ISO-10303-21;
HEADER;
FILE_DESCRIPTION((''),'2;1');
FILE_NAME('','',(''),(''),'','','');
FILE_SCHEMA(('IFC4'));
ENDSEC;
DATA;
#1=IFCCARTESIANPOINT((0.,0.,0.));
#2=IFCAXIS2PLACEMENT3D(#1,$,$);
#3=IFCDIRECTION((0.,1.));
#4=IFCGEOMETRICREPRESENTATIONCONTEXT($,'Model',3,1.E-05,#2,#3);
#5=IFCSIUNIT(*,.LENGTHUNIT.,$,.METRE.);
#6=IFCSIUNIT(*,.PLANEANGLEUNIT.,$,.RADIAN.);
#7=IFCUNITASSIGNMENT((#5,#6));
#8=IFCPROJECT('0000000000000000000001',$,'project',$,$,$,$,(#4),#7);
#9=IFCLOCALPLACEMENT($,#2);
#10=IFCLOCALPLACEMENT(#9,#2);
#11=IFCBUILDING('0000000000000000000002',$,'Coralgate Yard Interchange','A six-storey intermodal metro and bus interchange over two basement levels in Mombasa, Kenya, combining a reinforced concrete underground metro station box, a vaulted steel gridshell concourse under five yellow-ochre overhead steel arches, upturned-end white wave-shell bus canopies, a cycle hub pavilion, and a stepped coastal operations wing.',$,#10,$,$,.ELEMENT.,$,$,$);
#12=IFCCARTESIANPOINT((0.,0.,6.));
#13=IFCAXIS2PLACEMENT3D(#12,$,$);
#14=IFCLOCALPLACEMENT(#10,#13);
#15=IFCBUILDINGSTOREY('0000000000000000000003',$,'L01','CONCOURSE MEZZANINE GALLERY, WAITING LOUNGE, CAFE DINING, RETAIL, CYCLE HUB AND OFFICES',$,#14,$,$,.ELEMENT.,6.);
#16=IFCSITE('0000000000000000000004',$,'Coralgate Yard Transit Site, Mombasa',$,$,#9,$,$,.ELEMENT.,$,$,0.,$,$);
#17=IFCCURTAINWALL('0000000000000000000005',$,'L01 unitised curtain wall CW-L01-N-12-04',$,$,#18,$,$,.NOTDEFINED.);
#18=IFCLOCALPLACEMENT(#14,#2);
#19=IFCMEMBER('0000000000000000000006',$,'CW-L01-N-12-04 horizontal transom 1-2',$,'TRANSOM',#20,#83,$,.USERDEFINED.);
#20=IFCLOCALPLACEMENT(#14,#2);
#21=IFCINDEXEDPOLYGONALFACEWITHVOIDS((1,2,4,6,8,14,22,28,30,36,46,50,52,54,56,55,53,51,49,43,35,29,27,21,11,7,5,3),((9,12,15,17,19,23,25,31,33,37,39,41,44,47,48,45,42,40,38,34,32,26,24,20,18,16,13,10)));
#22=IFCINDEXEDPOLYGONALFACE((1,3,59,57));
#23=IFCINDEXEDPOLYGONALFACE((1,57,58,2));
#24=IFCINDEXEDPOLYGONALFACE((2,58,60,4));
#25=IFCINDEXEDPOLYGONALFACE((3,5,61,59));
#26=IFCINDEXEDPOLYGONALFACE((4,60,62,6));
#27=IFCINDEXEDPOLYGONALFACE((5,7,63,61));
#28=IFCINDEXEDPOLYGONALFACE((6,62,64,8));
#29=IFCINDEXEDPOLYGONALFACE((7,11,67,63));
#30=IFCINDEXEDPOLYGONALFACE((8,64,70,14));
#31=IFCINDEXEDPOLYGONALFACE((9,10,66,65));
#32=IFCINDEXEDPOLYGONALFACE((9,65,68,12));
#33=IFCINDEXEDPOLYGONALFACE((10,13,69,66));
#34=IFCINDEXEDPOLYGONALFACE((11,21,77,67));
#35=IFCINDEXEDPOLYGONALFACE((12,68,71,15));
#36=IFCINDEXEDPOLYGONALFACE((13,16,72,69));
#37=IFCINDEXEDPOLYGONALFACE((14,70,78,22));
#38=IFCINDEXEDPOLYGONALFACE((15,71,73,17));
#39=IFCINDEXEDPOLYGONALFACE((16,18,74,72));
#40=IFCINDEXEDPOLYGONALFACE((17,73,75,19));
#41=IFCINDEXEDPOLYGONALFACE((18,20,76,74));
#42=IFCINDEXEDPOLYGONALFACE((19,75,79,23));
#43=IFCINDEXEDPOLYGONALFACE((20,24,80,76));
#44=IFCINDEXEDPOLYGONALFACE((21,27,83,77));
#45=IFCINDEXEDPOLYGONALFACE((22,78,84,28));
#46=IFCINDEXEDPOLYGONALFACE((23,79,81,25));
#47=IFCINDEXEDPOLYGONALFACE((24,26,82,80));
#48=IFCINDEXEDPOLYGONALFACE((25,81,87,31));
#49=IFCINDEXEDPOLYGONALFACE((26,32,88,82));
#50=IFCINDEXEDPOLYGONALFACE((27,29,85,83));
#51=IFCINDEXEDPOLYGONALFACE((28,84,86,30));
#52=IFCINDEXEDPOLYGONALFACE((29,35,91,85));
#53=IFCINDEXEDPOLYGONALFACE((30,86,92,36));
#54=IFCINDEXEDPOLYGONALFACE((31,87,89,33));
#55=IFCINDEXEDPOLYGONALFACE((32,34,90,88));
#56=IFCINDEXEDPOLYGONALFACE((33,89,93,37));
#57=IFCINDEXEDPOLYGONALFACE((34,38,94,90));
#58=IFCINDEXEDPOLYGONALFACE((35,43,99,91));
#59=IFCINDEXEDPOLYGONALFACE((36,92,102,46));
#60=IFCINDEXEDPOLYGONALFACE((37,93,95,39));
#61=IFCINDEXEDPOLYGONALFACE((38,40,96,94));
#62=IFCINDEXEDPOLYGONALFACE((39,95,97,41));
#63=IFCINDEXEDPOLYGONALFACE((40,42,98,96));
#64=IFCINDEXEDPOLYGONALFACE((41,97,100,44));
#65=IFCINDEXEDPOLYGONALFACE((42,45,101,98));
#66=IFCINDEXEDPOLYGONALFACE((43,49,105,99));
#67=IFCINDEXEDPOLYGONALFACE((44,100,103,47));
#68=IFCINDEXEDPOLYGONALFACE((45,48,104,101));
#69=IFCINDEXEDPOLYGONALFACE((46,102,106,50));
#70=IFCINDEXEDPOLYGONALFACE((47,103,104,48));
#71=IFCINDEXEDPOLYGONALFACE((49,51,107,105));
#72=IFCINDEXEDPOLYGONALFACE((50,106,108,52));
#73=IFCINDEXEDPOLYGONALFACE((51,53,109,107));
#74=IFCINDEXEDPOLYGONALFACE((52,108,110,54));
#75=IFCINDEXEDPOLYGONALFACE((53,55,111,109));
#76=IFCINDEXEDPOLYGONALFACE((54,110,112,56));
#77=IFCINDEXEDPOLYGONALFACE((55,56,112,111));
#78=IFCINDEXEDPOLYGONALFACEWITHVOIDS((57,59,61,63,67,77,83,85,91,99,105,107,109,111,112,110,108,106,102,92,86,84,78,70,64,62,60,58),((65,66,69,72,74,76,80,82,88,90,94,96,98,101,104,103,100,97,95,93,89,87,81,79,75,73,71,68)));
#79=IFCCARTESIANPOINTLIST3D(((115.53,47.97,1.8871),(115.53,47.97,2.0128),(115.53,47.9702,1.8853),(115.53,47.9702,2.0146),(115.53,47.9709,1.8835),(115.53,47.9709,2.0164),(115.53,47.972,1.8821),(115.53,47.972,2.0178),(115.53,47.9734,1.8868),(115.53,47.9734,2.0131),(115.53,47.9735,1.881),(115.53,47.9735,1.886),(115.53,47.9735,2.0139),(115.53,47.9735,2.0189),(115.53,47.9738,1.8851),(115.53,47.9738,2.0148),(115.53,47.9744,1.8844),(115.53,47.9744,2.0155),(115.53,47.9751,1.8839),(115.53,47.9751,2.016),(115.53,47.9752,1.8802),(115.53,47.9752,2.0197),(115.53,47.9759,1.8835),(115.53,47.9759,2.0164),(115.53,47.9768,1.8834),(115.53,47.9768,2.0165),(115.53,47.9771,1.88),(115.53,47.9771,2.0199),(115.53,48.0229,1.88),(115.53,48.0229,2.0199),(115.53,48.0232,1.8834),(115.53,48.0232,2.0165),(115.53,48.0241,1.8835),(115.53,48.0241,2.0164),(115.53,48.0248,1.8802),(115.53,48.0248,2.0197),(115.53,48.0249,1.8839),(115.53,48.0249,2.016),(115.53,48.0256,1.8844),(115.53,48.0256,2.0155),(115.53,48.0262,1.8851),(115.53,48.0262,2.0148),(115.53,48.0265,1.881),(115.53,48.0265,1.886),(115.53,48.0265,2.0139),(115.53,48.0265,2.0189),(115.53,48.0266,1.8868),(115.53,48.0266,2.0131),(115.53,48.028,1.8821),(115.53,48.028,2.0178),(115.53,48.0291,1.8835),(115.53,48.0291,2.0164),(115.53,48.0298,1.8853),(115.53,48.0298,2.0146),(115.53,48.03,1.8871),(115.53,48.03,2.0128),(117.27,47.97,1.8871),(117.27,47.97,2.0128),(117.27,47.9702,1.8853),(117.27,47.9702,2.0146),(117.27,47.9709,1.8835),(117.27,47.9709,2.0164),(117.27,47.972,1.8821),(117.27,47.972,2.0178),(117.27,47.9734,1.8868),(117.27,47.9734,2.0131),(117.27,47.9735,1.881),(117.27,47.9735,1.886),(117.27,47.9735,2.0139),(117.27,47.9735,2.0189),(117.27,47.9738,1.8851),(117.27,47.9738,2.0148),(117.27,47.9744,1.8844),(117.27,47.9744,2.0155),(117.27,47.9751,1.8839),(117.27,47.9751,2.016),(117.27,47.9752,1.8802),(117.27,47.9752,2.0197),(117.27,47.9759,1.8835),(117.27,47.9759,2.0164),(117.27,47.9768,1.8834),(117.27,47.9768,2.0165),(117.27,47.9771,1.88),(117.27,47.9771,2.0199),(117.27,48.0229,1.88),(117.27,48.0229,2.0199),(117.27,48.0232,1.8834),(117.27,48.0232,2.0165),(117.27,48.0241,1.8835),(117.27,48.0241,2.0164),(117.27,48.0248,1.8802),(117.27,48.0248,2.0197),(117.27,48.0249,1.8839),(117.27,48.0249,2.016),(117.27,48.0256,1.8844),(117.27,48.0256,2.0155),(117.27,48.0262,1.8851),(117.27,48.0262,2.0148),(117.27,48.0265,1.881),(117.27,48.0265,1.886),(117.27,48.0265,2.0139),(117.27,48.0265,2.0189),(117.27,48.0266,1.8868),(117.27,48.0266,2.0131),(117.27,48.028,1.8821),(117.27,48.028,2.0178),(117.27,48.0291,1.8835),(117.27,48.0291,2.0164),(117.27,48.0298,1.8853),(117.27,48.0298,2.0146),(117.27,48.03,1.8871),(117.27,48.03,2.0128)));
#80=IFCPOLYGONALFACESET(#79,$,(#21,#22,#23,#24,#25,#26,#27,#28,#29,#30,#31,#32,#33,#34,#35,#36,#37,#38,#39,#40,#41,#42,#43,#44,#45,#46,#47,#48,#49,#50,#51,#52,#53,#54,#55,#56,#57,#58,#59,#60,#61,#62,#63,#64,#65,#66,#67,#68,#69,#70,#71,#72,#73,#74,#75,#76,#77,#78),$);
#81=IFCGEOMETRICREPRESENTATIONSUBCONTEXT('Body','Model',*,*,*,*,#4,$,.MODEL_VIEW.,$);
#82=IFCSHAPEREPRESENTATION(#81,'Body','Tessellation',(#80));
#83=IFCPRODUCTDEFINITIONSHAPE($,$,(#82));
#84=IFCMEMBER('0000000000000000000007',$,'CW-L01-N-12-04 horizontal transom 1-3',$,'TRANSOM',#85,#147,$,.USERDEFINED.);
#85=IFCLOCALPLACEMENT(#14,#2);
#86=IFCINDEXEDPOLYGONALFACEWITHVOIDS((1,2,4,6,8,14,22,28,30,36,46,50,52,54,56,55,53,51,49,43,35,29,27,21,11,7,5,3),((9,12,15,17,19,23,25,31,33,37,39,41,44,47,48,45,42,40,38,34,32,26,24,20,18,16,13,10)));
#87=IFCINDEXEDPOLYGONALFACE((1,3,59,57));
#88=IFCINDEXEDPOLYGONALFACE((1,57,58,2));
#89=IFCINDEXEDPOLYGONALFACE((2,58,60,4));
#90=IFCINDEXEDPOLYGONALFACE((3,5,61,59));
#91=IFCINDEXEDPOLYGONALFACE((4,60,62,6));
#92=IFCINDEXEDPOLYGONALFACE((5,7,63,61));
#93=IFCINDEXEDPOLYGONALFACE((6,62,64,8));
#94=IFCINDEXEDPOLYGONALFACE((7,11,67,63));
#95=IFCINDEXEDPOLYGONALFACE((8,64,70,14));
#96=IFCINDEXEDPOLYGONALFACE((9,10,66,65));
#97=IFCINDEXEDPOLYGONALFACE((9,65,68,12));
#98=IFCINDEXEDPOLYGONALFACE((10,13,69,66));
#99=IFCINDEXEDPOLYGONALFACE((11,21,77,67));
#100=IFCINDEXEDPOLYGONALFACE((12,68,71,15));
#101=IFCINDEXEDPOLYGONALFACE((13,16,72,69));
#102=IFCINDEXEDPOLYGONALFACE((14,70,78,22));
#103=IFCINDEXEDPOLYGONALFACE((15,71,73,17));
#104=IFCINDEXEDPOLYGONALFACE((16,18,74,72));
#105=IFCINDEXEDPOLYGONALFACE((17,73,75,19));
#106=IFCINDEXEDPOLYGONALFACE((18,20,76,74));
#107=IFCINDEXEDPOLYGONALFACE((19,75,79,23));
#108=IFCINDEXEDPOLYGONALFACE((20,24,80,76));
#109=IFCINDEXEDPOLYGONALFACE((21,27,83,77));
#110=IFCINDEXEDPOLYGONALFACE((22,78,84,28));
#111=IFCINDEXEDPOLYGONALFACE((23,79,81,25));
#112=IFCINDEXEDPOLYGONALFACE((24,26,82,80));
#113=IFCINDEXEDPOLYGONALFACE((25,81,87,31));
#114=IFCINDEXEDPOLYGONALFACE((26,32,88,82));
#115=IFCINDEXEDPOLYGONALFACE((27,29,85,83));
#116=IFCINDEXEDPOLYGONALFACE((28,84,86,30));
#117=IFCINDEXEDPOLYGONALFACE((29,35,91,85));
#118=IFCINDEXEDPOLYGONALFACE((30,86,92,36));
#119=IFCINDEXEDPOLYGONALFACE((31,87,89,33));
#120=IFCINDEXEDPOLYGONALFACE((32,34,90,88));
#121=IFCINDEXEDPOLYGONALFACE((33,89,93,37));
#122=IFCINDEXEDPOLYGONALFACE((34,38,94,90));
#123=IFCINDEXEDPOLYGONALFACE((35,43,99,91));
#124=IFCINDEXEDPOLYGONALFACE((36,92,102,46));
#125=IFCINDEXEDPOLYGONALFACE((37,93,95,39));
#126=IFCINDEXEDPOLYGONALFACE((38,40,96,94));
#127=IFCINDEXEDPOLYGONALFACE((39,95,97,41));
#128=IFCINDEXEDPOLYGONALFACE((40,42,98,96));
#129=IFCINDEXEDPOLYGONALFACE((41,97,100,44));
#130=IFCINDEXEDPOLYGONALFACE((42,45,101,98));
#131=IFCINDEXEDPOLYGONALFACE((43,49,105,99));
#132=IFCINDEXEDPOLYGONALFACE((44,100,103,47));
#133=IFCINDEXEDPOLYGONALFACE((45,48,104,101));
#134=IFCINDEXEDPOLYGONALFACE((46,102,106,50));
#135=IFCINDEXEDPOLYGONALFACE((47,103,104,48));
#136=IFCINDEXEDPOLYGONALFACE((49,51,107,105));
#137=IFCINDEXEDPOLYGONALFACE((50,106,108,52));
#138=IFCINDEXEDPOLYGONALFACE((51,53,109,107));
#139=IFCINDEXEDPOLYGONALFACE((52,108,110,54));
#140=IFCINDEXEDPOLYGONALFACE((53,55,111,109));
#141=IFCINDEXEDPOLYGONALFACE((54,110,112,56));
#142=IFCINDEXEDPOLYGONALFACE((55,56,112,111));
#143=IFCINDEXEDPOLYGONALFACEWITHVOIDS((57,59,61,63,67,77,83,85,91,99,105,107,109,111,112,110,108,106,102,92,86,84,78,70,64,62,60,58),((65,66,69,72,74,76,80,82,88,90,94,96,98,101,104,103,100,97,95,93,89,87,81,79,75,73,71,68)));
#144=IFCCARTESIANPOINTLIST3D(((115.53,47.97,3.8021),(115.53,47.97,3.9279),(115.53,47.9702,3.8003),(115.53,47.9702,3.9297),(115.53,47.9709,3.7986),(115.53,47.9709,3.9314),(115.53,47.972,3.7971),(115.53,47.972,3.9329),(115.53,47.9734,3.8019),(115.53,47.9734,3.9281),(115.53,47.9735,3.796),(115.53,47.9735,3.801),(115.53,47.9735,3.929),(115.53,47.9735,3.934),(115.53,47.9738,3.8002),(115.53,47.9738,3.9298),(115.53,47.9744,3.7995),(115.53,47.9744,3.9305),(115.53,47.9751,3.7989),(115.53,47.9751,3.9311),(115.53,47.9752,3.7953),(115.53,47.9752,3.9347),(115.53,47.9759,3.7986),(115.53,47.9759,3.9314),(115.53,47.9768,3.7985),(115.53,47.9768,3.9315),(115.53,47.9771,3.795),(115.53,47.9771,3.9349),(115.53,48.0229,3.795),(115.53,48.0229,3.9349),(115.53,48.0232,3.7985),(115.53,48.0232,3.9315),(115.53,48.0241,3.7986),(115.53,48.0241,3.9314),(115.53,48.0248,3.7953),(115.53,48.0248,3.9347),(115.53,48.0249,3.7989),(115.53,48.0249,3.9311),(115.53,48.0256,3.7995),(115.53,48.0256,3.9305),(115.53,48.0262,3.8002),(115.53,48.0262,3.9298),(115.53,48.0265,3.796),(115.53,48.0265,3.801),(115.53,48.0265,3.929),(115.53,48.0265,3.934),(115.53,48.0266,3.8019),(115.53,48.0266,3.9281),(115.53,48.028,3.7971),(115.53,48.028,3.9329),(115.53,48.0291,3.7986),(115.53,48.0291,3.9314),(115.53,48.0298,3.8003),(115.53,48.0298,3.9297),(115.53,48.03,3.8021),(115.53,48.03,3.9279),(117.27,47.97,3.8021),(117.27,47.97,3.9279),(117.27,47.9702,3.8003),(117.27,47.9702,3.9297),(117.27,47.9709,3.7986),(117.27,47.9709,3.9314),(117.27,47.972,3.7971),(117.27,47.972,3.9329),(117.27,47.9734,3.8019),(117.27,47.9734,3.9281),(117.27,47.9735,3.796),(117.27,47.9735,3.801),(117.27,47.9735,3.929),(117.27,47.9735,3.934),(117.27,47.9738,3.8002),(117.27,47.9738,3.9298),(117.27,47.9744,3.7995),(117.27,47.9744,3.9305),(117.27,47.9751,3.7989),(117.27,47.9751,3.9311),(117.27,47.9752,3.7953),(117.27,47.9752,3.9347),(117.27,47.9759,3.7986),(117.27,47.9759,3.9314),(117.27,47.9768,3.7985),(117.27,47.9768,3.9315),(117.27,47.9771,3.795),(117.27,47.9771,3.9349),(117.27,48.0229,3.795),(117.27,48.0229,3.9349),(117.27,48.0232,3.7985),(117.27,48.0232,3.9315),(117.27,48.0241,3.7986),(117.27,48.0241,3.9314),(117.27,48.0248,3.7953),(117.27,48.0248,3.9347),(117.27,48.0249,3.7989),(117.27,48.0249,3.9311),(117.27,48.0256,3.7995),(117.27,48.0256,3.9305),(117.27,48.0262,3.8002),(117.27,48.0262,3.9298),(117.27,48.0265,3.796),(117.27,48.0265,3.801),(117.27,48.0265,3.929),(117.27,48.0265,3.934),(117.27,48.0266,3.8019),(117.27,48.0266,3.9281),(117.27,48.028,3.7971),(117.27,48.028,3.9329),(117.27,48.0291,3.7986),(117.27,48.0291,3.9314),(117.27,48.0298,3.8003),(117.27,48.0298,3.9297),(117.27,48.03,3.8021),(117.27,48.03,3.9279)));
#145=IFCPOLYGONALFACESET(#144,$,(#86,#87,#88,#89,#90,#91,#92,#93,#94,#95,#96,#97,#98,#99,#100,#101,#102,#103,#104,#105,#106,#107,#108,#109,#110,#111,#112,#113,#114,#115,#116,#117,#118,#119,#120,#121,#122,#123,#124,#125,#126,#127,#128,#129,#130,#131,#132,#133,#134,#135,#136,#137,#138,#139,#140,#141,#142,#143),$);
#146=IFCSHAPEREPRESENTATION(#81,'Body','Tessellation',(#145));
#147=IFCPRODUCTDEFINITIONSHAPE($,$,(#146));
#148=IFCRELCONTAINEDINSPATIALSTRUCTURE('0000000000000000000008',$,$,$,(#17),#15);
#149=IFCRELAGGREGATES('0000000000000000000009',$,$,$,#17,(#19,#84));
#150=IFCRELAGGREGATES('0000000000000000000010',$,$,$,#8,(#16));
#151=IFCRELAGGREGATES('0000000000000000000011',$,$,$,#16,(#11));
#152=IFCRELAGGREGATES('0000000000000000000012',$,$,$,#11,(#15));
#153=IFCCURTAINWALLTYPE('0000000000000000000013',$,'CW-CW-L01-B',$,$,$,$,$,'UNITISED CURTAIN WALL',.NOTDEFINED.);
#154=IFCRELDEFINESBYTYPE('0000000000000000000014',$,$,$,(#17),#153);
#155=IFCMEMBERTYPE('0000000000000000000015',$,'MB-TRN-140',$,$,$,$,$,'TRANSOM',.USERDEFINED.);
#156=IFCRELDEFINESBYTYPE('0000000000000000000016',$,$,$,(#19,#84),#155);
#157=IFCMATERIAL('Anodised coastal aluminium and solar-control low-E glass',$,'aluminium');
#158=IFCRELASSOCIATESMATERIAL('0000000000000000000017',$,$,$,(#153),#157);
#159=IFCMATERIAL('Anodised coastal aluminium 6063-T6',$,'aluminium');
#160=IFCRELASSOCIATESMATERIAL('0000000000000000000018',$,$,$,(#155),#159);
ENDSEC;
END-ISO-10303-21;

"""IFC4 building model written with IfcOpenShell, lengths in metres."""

from ifc_helpers import new_model, si_unit, direction, frame, origin, origin_2d, place, context, subcontext, project, spatial, hollow_rectangle, extrude, material, material_profile, profile_set, type_object, element, aggregate, save


model = new_model("IFC4")

# Units and contexts
model_context = context("Model", 3, precision=1e-05, world=origin(), true_north=direction((0.0, 1.0)))
body_context = subcontext(model_context, "Body", "Model", "MODEL_VIEW")
ifc_project = project(units=[si_unit("LENGTHUNIT", "METRE"), si_unit("PLANEANGLEUNIT", "RADIAN")], contexts=[model_context])

# Site, building, storey
site_placement = place(None, origin())
site = spatial("IfcSite", under=ifc_project, at=site_placement, Name="Coralgate Yard Transit Site, Mombasa", CompositionType="ELEMENT", RefElevation=0.0)
building_placement = place(site_placement, origin())
building = spatial("IfcBuilding", under=site, at=building_placement, Name="Coralgate Yard Interchange", Description="A six-storey intermodal metro and bus interchange over two basement levels in Mombasa, Kenya, combining a reinforced concrete underground metro station box, a vaulted steel gridshell concourse under five yellow-ochre overhead steel arches, upturned-end white wave-shell bus canopies, a cycle hub pavilion, and a stepped coastal operations wing.", CompositionType="ELEMENT")
storey_placement = place(building_placement, frame((0.0, 0.0, 6.0)))
storey = spatial("IfcBuildingStorey", under=building, at=storey_placement, Name="L01", Description="CONCOURSE MEZZANINE GALLERY, WAITING LOUNGE, CAFE DINING, RETAIL, CYCLE HUB AND OFFICES", CompositionType="ELEMENT", Elevation=6.0)

# Curtain wall
ifc_material_1 = material(Name="Anodised coastal aluminium and solar-control low-E glass", Category="aluminium")
curtain_wall_type = type_object("IfcCurtainWallType", Name="CW-CW-L01-B", ElementType="UNITISED CURTAIN WALL", PredefinedType="NOTDEFINED", material=ifc_material_1)
ifc_material_2 = material(Name="Anodised coastal aluminium 6063-T6", Category="aluminium")
curtain_wall_1_placement = place(storey_placement, origin())
curtain_wall_1 = element("IfcCurtainWall", 1, at=curtain_wall_1_placement, inside=storey, type_object=curtain_wall_type, Name="L01 unitised curtain wall CW-L01-N-12-04", PredefinedType="NOTDEFINED")

# Members
ifc_material_profile_1 = material_profile(ifc_material_2, hollow_rectangle(XDim=0.0601, YDim=0.1399, WallThickness=0.0034, InnerFilletRadius=0.0034, OuterFilletRadius=0.0071, at=origin_2d()), Name="ALU 60x140x3.5")
ifc_profile_set_1 = profile_set([ifc_material_profile_1], Name="Anodised coastal aluminium 6063-T6")
member_type_1 = type_object("IfcMemberType", Name="MB-TRN-140", ElementType="TRANSOM", PredefinedType="USERDEFINED", material=ifc_profile_set_1)
member_1_placement = place(storey_placement, frame((115.53, 48.0, 1.95), z_axis=(1.0, 0.0, 0.0), x_axis=(0.0, 1.0, 0.0)))
member_1 = element("IfcMember", 2, at=member_1_placement, type_object=member_type_1, Name="CW-L01-N-12-04 horizontal transom 1-2", ObjectType="TRANSOM", PredefinedType="USERDEFINED", context=body_context, shape_type="SweptSolid", body=[
    extrude(hollow_rectangle(XDim=0.0601, YDim=0.1399, WallThickness=0.0034, InnerFilletRadius=0.0034, OuterFilletRadius=0.0071, at=origin_2d()), origin(), (0.0, 0.0, 1.0), 1.74),
])
member_2_placement = place(storey_placement, frame((115.53, 48.0, 3.865), z_axis=(1.0, 0.0, 0.0), x_axis=(0.0, 1.0, 0.0)))
member_2 = element("IfcMember", 3, at=member_2_placement, type_object=member_type_1, Name="CW-L01-N-12-04 horizontal transom 1-3", ObjectType="TRANSOM", PredefinedType="USERDEFINED", context=body_context, shape_type="SweptSolid", body=[
    extrude(hollow_rectangle(XDim=0.0601, YDim=0.1399, WallThickness=0.0034, InnerFilletRadius=0.0034, OuterFilletRadius=0.0071, at=origin_2d()), origin(), (0.0, 0.0, 1.0), 1.74),
])

aggregate(curtain_wall_1, [member_1, member_2])

save(model, "model.ifc")
